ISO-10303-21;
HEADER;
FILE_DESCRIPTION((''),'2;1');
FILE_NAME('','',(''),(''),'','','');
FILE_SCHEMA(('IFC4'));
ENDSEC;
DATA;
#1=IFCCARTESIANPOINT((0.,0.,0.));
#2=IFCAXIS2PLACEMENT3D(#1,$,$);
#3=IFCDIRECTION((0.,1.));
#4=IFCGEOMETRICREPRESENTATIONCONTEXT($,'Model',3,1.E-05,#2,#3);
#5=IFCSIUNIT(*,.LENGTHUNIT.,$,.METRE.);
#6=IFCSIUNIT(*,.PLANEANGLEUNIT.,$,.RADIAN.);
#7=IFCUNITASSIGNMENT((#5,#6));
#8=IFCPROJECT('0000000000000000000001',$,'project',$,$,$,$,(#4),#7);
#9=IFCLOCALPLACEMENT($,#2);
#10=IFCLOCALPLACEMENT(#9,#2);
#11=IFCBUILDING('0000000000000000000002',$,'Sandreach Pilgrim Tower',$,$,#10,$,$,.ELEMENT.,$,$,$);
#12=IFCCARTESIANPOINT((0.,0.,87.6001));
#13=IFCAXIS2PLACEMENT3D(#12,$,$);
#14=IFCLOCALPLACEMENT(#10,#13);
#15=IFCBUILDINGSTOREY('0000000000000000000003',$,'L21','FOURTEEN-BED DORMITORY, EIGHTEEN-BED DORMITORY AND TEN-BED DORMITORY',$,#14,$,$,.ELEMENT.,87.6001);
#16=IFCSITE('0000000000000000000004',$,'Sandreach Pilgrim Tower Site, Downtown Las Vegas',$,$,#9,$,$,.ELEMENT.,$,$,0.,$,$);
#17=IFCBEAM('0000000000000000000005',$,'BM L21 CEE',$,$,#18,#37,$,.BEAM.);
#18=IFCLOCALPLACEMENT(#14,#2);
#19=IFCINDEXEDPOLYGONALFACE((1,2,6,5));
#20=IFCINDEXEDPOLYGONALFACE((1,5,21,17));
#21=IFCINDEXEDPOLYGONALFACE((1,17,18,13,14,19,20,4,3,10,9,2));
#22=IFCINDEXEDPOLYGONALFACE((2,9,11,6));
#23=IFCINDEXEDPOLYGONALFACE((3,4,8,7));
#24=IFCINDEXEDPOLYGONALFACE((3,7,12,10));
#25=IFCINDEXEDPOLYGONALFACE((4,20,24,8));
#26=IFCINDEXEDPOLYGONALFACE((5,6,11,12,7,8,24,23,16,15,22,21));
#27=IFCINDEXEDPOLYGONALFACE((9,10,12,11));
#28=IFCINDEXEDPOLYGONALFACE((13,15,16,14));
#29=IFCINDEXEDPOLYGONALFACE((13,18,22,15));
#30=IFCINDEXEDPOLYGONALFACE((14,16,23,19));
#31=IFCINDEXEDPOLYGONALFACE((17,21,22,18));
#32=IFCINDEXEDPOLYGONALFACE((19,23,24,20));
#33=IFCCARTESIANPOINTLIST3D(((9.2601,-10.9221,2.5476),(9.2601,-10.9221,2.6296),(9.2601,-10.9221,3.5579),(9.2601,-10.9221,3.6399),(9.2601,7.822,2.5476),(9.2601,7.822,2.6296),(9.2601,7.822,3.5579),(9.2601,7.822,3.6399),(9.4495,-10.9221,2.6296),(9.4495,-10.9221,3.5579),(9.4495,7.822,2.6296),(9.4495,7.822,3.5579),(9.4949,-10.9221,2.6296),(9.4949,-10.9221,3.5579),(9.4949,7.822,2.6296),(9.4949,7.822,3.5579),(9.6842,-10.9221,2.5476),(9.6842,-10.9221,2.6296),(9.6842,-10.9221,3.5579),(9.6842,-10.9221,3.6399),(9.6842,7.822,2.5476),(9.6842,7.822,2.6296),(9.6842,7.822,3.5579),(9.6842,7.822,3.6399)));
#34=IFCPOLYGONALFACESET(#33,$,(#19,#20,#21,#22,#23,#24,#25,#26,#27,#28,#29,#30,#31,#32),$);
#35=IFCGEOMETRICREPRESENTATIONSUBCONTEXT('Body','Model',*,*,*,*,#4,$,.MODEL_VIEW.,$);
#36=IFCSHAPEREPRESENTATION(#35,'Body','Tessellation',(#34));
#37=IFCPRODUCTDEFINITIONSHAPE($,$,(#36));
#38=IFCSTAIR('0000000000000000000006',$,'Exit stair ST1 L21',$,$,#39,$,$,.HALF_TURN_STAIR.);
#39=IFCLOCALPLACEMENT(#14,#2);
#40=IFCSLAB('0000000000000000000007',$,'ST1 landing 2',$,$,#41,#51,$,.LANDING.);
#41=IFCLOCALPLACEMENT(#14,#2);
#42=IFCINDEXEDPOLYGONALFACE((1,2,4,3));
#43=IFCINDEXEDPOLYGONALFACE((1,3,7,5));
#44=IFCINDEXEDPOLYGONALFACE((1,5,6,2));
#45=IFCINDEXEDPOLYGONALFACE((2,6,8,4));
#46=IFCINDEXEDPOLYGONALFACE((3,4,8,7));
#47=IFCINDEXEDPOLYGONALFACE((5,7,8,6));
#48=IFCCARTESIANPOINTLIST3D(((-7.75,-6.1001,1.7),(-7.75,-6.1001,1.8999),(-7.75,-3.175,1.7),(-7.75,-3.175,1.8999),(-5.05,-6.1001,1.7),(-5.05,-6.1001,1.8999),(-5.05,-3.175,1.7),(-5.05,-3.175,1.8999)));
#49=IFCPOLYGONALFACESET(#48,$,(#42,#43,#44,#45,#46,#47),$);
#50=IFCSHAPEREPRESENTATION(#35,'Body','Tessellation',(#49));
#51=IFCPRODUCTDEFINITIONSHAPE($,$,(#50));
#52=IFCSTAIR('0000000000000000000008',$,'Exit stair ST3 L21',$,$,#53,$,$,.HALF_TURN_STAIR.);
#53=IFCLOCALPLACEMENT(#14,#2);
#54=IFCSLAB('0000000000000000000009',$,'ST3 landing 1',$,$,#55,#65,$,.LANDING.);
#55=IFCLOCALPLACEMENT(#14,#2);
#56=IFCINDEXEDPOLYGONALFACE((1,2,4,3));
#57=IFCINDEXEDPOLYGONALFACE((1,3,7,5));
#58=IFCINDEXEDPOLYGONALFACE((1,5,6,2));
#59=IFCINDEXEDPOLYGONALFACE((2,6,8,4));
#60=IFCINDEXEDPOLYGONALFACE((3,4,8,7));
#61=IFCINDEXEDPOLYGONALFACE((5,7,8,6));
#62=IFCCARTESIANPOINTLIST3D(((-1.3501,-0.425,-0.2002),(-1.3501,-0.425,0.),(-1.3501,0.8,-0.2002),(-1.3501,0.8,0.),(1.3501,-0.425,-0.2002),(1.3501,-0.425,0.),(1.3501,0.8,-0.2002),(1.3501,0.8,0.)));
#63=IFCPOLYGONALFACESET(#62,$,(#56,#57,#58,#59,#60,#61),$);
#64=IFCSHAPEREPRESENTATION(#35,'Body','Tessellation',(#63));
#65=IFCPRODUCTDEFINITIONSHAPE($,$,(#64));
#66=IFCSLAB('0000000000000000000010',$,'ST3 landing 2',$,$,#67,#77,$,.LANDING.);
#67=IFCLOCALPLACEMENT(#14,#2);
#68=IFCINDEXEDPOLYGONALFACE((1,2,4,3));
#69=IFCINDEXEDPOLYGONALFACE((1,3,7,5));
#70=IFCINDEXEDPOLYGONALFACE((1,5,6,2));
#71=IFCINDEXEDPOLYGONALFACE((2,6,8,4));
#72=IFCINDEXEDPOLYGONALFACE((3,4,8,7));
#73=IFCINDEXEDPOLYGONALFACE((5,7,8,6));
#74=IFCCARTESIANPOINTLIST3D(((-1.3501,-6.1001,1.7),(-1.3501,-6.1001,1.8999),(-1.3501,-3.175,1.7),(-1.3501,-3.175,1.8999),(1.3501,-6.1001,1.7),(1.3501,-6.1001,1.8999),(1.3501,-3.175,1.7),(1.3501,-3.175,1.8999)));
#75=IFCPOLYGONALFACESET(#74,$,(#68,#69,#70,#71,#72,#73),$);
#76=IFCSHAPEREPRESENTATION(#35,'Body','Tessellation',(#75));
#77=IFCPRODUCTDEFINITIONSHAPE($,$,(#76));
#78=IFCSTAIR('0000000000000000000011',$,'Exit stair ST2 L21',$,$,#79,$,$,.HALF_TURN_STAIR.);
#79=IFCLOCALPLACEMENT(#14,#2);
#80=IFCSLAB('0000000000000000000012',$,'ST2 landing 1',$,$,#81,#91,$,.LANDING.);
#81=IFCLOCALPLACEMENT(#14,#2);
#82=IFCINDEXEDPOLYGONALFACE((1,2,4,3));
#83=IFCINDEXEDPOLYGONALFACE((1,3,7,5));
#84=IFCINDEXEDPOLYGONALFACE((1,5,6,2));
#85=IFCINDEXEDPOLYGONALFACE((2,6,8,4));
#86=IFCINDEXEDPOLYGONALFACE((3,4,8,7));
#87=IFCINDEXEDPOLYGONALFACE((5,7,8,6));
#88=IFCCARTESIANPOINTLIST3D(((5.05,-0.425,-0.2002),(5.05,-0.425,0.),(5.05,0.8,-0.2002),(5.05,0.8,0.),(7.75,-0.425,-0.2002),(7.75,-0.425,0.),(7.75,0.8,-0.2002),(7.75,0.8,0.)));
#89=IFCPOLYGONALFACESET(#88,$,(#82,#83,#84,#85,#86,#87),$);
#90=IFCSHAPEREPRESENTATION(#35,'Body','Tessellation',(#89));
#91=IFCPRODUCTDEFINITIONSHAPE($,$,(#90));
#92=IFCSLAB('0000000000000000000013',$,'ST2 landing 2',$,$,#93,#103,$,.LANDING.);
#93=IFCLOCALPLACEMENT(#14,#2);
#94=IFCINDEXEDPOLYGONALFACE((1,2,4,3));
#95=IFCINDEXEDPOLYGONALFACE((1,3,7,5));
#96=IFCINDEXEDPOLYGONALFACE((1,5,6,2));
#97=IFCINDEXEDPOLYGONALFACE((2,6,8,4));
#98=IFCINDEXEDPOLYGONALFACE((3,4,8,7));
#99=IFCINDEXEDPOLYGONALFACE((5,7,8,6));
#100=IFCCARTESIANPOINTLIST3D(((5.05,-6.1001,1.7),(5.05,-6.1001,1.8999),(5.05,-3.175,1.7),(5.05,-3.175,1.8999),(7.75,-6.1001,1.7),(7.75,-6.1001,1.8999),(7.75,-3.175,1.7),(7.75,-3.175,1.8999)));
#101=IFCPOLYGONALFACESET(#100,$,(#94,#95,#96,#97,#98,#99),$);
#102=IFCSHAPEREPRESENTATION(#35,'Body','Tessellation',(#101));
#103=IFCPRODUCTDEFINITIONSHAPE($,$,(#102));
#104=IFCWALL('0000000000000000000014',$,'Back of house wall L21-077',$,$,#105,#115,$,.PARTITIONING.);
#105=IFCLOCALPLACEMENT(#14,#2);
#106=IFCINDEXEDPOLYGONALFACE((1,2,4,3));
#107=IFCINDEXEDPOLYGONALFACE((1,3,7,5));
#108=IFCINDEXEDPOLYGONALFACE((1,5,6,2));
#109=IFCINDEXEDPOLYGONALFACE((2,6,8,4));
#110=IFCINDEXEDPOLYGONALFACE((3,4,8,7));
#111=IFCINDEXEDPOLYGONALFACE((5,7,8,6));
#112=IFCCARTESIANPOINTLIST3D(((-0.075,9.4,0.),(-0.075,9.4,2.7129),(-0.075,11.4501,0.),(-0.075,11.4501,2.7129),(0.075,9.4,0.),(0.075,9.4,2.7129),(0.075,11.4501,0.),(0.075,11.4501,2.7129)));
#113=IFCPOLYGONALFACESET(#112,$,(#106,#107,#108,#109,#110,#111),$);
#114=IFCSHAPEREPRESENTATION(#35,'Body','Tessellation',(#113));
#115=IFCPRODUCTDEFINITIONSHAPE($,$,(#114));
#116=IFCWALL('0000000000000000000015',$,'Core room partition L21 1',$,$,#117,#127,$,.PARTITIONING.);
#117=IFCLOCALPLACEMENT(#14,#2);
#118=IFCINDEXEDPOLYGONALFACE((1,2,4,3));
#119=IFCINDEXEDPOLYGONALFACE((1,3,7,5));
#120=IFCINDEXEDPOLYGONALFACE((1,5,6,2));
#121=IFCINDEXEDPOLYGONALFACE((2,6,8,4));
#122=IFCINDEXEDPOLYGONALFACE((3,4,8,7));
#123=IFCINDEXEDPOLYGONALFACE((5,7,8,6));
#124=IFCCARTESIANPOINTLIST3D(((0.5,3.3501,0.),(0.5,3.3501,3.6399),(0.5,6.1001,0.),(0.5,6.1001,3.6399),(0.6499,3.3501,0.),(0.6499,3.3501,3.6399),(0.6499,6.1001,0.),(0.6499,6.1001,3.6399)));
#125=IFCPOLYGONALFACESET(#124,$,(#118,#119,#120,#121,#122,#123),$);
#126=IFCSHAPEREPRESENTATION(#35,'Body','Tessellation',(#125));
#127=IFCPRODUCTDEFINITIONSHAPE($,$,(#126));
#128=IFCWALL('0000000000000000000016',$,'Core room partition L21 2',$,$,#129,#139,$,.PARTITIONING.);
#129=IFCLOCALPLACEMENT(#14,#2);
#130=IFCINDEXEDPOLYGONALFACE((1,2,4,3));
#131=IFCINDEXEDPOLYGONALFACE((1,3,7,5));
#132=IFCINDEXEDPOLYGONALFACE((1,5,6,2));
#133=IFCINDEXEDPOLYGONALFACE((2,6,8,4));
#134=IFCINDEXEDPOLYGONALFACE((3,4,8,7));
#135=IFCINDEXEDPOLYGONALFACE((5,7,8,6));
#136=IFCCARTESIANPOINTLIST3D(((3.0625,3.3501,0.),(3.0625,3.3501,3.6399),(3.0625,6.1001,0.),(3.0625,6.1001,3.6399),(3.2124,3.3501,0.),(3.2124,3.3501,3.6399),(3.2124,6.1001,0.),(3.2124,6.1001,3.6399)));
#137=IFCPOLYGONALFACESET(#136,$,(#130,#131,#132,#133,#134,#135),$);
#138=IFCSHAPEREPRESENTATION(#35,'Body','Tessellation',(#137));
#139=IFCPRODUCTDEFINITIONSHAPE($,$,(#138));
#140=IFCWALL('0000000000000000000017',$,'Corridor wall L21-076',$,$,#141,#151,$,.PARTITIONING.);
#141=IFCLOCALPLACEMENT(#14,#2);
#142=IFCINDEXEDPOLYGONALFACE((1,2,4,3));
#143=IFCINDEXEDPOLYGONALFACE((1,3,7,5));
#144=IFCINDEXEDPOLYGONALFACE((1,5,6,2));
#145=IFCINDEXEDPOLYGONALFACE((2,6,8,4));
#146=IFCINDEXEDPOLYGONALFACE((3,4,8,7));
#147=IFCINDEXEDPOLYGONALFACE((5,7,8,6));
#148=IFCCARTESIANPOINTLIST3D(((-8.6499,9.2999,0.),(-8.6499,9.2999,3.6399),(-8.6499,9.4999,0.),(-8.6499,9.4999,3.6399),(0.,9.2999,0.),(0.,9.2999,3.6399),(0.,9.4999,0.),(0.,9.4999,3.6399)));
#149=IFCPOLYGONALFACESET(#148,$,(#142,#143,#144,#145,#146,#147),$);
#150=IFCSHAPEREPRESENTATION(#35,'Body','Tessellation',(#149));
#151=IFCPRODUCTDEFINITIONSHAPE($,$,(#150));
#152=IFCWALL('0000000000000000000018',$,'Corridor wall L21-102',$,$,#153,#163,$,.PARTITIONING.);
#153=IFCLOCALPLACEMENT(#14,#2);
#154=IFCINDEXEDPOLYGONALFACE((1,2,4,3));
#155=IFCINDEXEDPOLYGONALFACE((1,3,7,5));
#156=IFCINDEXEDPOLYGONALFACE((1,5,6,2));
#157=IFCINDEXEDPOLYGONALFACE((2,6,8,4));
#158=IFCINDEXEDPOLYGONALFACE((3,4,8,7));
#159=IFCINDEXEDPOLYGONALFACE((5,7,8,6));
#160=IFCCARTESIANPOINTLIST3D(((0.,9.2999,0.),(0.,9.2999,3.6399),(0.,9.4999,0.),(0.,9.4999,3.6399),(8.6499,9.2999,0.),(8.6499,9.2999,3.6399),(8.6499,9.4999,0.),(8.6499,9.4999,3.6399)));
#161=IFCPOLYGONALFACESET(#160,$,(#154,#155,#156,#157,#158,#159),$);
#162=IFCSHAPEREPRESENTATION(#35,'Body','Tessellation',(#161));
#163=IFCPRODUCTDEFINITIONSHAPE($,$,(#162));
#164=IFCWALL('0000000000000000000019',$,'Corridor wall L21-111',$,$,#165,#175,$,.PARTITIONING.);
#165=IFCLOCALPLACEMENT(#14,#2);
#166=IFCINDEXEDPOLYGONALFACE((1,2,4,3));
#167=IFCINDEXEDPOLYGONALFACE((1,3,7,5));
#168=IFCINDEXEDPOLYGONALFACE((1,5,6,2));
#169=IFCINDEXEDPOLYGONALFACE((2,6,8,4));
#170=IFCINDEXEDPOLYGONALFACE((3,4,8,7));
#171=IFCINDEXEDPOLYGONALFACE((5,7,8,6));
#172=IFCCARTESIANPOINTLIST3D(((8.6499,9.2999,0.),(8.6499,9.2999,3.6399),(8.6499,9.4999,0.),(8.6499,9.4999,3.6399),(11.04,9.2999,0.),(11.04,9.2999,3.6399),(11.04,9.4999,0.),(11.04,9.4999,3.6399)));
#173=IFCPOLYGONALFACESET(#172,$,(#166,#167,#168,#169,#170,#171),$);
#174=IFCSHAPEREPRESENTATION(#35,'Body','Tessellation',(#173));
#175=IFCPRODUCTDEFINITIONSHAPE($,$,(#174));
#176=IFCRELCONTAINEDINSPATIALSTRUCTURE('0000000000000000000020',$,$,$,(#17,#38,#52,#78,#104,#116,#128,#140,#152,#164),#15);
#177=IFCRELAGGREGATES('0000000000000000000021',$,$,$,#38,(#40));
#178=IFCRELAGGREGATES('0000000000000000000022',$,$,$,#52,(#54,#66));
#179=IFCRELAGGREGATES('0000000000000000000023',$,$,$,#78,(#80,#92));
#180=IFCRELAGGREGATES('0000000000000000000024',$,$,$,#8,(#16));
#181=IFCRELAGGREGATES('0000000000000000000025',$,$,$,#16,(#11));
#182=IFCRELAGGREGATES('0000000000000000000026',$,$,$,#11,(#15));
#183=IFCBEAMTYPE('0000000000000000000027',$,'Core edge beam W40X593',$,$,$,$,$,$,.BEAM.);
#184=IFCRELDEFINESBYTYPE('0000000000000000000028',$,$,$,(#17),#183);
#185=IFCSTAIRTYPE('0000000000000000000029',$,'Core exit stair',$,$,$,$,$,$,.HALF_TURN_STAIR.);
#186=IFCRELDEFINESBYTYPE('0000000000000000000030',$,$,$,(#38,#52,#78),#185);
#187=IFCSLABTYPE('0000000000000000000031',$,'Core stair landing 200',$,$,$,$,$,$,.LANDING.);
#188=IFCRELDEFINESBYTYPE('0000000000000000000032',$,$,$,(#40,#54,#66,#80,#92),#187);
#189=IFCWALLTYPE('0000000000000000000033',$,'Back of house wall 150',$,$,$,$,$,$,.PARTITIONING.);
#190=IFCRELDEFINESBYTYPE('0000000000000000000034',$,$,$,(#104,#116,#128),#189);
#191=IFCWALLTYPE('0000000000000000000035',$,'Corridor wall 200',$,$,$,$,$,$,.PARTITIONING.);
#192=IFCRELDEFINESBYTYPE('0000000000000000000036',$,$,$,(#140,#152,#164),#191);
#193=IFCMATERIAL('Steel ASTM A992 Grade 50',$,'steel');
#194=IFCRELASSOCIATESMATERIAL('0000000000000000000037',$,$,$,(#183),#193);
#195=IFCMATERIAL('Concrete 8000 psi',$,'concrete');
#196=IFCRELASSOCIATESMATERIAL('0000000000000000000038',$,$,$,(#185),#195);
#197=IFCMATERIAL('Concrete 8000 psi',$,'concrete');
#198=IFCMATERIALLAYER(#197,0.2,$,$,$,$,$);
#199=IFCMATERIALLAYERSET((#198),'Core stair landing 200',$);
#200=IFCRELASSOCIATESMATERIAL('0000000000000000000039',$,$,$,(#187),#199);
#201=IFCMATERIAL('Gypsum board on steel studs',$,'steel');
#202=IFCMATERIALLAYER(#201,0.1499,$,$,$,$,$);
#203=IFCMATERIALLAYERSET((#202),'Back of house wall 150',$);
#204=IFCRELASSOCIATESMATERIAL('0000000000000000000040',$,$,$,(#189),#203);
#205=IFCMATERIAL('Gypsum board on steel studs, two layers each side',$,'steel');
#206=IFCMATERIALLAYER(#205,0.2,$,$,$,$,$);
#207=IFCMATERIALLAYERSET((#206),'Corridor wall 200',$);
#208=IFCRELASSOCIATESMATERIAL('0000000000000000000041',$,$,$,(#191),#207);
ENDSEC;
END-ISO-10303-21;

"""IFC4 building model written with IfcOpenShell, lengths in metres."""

from ifc_helpers import new_model, si_unit, direction, frame, frame_2d, origin, origin_2d, place, context, subcontext, project, spatial, polyline, rectangle, i_section, outline, extrude, material, layer, layer_set, material_profile, profile_set, type_object, element, aggregate, save


model = new_model("IFC4")

# Units and contexts
model_context = context("Model", 3, precision=1e-05, world=origin(), true_north=direction((0.0, 1.0)))
body_context = subcontext(model_context, "Body", "Model", "MODEL_VIEW")
ifc_project = project(units=[si_unit("LENGTHUNIT", "METRE"), si_unit("PLANEANGLEUNIT", "RADIAN")], contexts=[model_context])

# Site, building, storey
site_placement = place(None, origin())
site = spatial("IfcSite", under=ifc_project, at=site_placement, Name="Sandreach Pilgrim Tower Site, Downtown Las Vegas", CompositionType="ELEMENT", RefElevation=0.0)
building_placement = place(site_placement, origin())
building = spatial("IfcBuilding", under=site, at=building_placement, Name="Sandreach Pilgrim Tower", CompositionType="ELEMENT")
storey_placement = place(building_placement, frame((0.0, 0.0, 87.6001)))
storey = spatial("IfcBuildingStorey", under=building, at=storey_placement, Name="L21", Description="FOURTEEN-BED DORMITORY, EIGHTEEN-BED DORMITORY AND TEN-BED DORMITORY", CompositionType="ELEMENT", Elevation=87.6001)

# Beam
ifc_material_1 = material(Name="Steel ASTM A992 Grade 50", Category="steel")
ifc_material_profile = material_profile(ifc_material_1, i_section(OverallWidth=0.4241, OverallDepth=1.0923, WebThickness=0.0454, FlangeThickness=0.082, at=origin_2d()), Name="W40X593")
ifc_profile_set = profile_set([ifc_material_profile], Name="Steel ASTM A992 Grade 50")
beam_type = type_object("IfcBeamType", Name="Core edge beam W40X593", PredefinedType="BEAM", material=ifc_profile_set)
beam_placement = place(storey_placement, frame((9.4722, 7.822, 3.0938), z_axis=(0.0, -1.0, 0.0), x_axis=(1.0, 0.0, 0.0)))
element("IfcBeam", 1, at=beam_placement, inside=storey, type_object=beam_type, Name="BM L21 CEE", PredefinedType="BEAM", context=body_context, shape_type="SweptSolid", body=[
    extrude(i_section(OverallWidth=0.4241, OverallDepth=1.0923, WebThickness=0.0454, FlangeThickness=0.082, at=origin_2d()), origin(), (0.0, 0.0, 1.0), 18.7441),
])

# Stair, slab
ifc_material_2 = material(Name="Concrete 8000 psi", Category="concrete")
stair_type = type_object("IfcStairType", Name="Core exit stair", PredefinedType="HALF_TURN_STAIR", material=ifc_material_2)
stair_1_placement = place(storey_placement, origin())
stair_1 = element("IfcStair", 2, at=stair_1_placement, inside=storey, type_object=stair_type, Name="Exit stair ST1 L21", PredefinedType="HALF_TURN_STAIR")
ifc_material_3 = material(Name="Concrete 8000 psi", Category="concrete")
ifc_layer_1 = layer(ifc_material_3, 0.2)
ifc_layer_set_1 = layer_set([ifc_layer_1], Name="Core stair landing 200")
slab_type = type_object("IfcSlabType", Name="Core stair landing 200", PredefinedType="LANDING", material=ifc_layer_set_1)
slab_1_placement = place(storey_placement, frame((0.0, 0.0, 1.7)))
slab_1 = element("IfcSlab", 3, at=slab_1_placement, type_object=slab_type, Name="ST1 landing 2", PredefinedType="LANDING", context=body_context, shape_type="SweptSolid", body=[
    extrude(outline(polyline([(-7.75, -6.1001), (-5.05, -6.1001), (-5.05, -3.175), (-7.75, -3.175), (-7.75, -6.1001)])), origin(), (0.0, 0.0, 1.0), 0.2),
])
aggregate(stair_1, [slab_1])

# Stairs, slabs
stair_2_placement = place(storey_placement, origin())
stair_2 = element("IfcStair", 4, at=stair_2_placement, inside=storey, type_object=stair_type, Name="Exit stair ST3 L21", PredefinedType="HALF_TURN_STAIR")
slab_2_placement = place(storey_placement, frame((0.0, 0.0, -0.2002)))
slab_2 = element("IfcSlab", 5, at=slab_2_placement, type_object=slab_type, Name="ST3 landing 1", PredefinedType="LANDING", context=body_context, shape_type="SweptSolid", body=[
    extrude(outline(polyline([(-1.3501, -0.425), (1.3501, -0.425), (1.3501, 0.8), (-1.3501, 0.8), (-1.3501, -0.425)])), origin(), (0.0, 0.0, 1.0), 0.2002),
])
slab_3_placement = place(storey_placement, frame((0.0, 0.0, 1.7)))
slab_3 = element("IfcSlab", 6, at=slab_3_placement, type_object=slab_type, Name="ST3 landing 2", PredefinedType="LANDING", context=body_context, shape_type="SweptSolid", body=[
    extrude(outline(polyline([(-1.3501, -6.1001), (1.3501, -6.1001), (1.3501, -3.175), (-1.3501, -3.175), (-1.3501, -6.1001)])), origin(), (0.0, 0.0, 1.0), 0.2),
])
aggregate(stair_2, [slab_2, slab_3])
stair_3_placement = place(storey_placement, origin())
stair_3 = element("IfcStair", 7, at=stair_3_placement, inside=storey, type_object=stair_type, Name="Exit stair ST2 L21", PredefinedType="HALF_TURN_STAIR")
slab_4_placement = place(storey_placement, frame((0.0, 0.0, -0.2002)))
slab_4 = element("IfcSlab", 8, at=slab_4_placement, type_object=slab_type, Name="ST2 landing 1", PredefinedType="LANDING", context=body_context, shape_type="SweptSolid", body=[
    extrude(outline(polyline([(5.05, -0.425), (7.75, -0.425), (7.75, 0.8), (5.05, 0.8), (5.05, -0.425)])), origin(), (0.0, 0.0, 1.0), 0.2002),
])
slab_5_placement = place(storey_placement, frame((0.0, 0.0, 1.7)))
slab_5 = element("IfcSlab", 9, at=slab_5_placement, type_object=slab_type, Name="ST2 landing 2", PredefinedType="LANDING", context=body_context, shape_type="SweptSolid", body=[
    extrude(outline(polyline([(5.05, -6.1001), (7.75, -6.1001), (7.75, -3.175), (5.05, -3.175), (5.05, -6.1001)])), origin(), (0.0, 0.0, 1.0), 0.2),
])
aggregate(stair_3, [slab_4, slab_5])

# Walls
ifc_material_4 = material(Name="Gypsum board on steel studs", Category="steel")
ifc_layer_2 = layer(ifc_material_4, 0.1499)
ifc_layer_set_2 = layer_set([ifc_layer_2], Name="Back of house wall 150")
wall_type_1 = type_object("IfcWallType", Name="Back of house wall 150", PredefinedType="PARTITIONING", material=ifc_layer_set_2)
wall_1_placement = place(storey_placement, frame((0.0, 11.45, 0.0), z_axis=(0.0, 0.0, 1.0), x_axis=(0.0, -1.0, 0.0)))
element("IfcWall", 10, at=wall_1_placement, inside=storey, type_object=wall_type_1, Name="Back of house wall L21-077", PredefinedType="PARTITIONING", context=body_context, shape_type="SweptSolid", body=[
    extrude(rectangle(XDim=2.05, YDim=0.1499, at=frame_2d((1.0249, 0.0))), origin(), (0.0, 0.0, 1.0), 2.7129),
])
for number, where, z_axis, x_axis, name in (
    (11, (0.575, 3.3501, 0.0), (0.0, 0.0, 1.0), (0.0, 1.0, 0.0), "Core room partition L21 1"),
    (12, (3.1375, 3.3501, 0.0), (0.0, 0.0, 1.0), (0.0, 1.0, 0.0), "Core room partition L21 2"),
):
    element("IfcWall", number, at=place(storey_placement, frame(where, z_axis=z_axis, x_axis=x_axis)), inside=storey, type_object=wall_type_1, Name=name, PredefinedType="PARTITIONING", context=body_context, shape_type="SweptSolid", body=[
        extrude(rectangle(XDim=2.75, YDim=0.1499, at=frame_2d((1.375, 0.0))), origin(), (0.0, 0.0, 1.0), 3.6399),
    ])

# Walls
ifc_material_5 = material(Name="Gypsum board on steel studs, two layers each side", Category="steel")
ifc_layer_3 = layer(ifc_material_5, 0.2)
ifc_layer_set_3 = layer_set([ifc_layer_3], Name="Corridor wall 200")
wall_type_2 = type_object("IfcWallType", Name="Corridor wall 200", PredefinedType="PARTITIONING", material=ifc_layer_set_3)
for number, where, z_axis, x_axis, name in (
    (13, (0.0, 9.3999, 0.0), (0.0, 0.0, 1.0), (-1.0, 0.0, 0.0), "Corridor wall L21-076"),
    (14, (8.6499, 9.3999, 0.0), (0.0, 0.0, 1.0), (-1.0, 0.0, 0.0), "Corridor wall L21-102"),
):
    element("IfcWall", number, at=place(storey_placement, frame(where, z_axis=z_axis, x_axis=x_axis)), inside=storey, type_object=wall_type_2, Name=name, PredefinedType="PARTITIONING", context=body_context, shape_type="SweptSolid", body=[
        extrude(rectangle(XDim=8.6499, YDim=0.2, at=frame_2d((4.325, 0.0))), origin(), (0.0, 0.0, 1.0), 3.6399),
    ])
wall_2_placement = place(storey_placement, frame((11.04, 9.3999, 0.0), z_axis=(0.0, 0.0, 1.0), x_axis=(-1.0, 0.0, 0.0)))
element("IfcWall", 15, at=wall_2_placement, inside=storey, type_object=wall_type_2, Name="Corridor wall L21-111", PredefinedType="PARTITIONING", context=body_context, shape_type="SweptSolid", body=[
    extrude(rectangle(XDim=2.3901, YDim=0.2, at=frame_2d((1.1951, 0.0))), origin(), (0.0, 0.0, 1.0), 3.6399),
])

save(model, "model.ifc")
